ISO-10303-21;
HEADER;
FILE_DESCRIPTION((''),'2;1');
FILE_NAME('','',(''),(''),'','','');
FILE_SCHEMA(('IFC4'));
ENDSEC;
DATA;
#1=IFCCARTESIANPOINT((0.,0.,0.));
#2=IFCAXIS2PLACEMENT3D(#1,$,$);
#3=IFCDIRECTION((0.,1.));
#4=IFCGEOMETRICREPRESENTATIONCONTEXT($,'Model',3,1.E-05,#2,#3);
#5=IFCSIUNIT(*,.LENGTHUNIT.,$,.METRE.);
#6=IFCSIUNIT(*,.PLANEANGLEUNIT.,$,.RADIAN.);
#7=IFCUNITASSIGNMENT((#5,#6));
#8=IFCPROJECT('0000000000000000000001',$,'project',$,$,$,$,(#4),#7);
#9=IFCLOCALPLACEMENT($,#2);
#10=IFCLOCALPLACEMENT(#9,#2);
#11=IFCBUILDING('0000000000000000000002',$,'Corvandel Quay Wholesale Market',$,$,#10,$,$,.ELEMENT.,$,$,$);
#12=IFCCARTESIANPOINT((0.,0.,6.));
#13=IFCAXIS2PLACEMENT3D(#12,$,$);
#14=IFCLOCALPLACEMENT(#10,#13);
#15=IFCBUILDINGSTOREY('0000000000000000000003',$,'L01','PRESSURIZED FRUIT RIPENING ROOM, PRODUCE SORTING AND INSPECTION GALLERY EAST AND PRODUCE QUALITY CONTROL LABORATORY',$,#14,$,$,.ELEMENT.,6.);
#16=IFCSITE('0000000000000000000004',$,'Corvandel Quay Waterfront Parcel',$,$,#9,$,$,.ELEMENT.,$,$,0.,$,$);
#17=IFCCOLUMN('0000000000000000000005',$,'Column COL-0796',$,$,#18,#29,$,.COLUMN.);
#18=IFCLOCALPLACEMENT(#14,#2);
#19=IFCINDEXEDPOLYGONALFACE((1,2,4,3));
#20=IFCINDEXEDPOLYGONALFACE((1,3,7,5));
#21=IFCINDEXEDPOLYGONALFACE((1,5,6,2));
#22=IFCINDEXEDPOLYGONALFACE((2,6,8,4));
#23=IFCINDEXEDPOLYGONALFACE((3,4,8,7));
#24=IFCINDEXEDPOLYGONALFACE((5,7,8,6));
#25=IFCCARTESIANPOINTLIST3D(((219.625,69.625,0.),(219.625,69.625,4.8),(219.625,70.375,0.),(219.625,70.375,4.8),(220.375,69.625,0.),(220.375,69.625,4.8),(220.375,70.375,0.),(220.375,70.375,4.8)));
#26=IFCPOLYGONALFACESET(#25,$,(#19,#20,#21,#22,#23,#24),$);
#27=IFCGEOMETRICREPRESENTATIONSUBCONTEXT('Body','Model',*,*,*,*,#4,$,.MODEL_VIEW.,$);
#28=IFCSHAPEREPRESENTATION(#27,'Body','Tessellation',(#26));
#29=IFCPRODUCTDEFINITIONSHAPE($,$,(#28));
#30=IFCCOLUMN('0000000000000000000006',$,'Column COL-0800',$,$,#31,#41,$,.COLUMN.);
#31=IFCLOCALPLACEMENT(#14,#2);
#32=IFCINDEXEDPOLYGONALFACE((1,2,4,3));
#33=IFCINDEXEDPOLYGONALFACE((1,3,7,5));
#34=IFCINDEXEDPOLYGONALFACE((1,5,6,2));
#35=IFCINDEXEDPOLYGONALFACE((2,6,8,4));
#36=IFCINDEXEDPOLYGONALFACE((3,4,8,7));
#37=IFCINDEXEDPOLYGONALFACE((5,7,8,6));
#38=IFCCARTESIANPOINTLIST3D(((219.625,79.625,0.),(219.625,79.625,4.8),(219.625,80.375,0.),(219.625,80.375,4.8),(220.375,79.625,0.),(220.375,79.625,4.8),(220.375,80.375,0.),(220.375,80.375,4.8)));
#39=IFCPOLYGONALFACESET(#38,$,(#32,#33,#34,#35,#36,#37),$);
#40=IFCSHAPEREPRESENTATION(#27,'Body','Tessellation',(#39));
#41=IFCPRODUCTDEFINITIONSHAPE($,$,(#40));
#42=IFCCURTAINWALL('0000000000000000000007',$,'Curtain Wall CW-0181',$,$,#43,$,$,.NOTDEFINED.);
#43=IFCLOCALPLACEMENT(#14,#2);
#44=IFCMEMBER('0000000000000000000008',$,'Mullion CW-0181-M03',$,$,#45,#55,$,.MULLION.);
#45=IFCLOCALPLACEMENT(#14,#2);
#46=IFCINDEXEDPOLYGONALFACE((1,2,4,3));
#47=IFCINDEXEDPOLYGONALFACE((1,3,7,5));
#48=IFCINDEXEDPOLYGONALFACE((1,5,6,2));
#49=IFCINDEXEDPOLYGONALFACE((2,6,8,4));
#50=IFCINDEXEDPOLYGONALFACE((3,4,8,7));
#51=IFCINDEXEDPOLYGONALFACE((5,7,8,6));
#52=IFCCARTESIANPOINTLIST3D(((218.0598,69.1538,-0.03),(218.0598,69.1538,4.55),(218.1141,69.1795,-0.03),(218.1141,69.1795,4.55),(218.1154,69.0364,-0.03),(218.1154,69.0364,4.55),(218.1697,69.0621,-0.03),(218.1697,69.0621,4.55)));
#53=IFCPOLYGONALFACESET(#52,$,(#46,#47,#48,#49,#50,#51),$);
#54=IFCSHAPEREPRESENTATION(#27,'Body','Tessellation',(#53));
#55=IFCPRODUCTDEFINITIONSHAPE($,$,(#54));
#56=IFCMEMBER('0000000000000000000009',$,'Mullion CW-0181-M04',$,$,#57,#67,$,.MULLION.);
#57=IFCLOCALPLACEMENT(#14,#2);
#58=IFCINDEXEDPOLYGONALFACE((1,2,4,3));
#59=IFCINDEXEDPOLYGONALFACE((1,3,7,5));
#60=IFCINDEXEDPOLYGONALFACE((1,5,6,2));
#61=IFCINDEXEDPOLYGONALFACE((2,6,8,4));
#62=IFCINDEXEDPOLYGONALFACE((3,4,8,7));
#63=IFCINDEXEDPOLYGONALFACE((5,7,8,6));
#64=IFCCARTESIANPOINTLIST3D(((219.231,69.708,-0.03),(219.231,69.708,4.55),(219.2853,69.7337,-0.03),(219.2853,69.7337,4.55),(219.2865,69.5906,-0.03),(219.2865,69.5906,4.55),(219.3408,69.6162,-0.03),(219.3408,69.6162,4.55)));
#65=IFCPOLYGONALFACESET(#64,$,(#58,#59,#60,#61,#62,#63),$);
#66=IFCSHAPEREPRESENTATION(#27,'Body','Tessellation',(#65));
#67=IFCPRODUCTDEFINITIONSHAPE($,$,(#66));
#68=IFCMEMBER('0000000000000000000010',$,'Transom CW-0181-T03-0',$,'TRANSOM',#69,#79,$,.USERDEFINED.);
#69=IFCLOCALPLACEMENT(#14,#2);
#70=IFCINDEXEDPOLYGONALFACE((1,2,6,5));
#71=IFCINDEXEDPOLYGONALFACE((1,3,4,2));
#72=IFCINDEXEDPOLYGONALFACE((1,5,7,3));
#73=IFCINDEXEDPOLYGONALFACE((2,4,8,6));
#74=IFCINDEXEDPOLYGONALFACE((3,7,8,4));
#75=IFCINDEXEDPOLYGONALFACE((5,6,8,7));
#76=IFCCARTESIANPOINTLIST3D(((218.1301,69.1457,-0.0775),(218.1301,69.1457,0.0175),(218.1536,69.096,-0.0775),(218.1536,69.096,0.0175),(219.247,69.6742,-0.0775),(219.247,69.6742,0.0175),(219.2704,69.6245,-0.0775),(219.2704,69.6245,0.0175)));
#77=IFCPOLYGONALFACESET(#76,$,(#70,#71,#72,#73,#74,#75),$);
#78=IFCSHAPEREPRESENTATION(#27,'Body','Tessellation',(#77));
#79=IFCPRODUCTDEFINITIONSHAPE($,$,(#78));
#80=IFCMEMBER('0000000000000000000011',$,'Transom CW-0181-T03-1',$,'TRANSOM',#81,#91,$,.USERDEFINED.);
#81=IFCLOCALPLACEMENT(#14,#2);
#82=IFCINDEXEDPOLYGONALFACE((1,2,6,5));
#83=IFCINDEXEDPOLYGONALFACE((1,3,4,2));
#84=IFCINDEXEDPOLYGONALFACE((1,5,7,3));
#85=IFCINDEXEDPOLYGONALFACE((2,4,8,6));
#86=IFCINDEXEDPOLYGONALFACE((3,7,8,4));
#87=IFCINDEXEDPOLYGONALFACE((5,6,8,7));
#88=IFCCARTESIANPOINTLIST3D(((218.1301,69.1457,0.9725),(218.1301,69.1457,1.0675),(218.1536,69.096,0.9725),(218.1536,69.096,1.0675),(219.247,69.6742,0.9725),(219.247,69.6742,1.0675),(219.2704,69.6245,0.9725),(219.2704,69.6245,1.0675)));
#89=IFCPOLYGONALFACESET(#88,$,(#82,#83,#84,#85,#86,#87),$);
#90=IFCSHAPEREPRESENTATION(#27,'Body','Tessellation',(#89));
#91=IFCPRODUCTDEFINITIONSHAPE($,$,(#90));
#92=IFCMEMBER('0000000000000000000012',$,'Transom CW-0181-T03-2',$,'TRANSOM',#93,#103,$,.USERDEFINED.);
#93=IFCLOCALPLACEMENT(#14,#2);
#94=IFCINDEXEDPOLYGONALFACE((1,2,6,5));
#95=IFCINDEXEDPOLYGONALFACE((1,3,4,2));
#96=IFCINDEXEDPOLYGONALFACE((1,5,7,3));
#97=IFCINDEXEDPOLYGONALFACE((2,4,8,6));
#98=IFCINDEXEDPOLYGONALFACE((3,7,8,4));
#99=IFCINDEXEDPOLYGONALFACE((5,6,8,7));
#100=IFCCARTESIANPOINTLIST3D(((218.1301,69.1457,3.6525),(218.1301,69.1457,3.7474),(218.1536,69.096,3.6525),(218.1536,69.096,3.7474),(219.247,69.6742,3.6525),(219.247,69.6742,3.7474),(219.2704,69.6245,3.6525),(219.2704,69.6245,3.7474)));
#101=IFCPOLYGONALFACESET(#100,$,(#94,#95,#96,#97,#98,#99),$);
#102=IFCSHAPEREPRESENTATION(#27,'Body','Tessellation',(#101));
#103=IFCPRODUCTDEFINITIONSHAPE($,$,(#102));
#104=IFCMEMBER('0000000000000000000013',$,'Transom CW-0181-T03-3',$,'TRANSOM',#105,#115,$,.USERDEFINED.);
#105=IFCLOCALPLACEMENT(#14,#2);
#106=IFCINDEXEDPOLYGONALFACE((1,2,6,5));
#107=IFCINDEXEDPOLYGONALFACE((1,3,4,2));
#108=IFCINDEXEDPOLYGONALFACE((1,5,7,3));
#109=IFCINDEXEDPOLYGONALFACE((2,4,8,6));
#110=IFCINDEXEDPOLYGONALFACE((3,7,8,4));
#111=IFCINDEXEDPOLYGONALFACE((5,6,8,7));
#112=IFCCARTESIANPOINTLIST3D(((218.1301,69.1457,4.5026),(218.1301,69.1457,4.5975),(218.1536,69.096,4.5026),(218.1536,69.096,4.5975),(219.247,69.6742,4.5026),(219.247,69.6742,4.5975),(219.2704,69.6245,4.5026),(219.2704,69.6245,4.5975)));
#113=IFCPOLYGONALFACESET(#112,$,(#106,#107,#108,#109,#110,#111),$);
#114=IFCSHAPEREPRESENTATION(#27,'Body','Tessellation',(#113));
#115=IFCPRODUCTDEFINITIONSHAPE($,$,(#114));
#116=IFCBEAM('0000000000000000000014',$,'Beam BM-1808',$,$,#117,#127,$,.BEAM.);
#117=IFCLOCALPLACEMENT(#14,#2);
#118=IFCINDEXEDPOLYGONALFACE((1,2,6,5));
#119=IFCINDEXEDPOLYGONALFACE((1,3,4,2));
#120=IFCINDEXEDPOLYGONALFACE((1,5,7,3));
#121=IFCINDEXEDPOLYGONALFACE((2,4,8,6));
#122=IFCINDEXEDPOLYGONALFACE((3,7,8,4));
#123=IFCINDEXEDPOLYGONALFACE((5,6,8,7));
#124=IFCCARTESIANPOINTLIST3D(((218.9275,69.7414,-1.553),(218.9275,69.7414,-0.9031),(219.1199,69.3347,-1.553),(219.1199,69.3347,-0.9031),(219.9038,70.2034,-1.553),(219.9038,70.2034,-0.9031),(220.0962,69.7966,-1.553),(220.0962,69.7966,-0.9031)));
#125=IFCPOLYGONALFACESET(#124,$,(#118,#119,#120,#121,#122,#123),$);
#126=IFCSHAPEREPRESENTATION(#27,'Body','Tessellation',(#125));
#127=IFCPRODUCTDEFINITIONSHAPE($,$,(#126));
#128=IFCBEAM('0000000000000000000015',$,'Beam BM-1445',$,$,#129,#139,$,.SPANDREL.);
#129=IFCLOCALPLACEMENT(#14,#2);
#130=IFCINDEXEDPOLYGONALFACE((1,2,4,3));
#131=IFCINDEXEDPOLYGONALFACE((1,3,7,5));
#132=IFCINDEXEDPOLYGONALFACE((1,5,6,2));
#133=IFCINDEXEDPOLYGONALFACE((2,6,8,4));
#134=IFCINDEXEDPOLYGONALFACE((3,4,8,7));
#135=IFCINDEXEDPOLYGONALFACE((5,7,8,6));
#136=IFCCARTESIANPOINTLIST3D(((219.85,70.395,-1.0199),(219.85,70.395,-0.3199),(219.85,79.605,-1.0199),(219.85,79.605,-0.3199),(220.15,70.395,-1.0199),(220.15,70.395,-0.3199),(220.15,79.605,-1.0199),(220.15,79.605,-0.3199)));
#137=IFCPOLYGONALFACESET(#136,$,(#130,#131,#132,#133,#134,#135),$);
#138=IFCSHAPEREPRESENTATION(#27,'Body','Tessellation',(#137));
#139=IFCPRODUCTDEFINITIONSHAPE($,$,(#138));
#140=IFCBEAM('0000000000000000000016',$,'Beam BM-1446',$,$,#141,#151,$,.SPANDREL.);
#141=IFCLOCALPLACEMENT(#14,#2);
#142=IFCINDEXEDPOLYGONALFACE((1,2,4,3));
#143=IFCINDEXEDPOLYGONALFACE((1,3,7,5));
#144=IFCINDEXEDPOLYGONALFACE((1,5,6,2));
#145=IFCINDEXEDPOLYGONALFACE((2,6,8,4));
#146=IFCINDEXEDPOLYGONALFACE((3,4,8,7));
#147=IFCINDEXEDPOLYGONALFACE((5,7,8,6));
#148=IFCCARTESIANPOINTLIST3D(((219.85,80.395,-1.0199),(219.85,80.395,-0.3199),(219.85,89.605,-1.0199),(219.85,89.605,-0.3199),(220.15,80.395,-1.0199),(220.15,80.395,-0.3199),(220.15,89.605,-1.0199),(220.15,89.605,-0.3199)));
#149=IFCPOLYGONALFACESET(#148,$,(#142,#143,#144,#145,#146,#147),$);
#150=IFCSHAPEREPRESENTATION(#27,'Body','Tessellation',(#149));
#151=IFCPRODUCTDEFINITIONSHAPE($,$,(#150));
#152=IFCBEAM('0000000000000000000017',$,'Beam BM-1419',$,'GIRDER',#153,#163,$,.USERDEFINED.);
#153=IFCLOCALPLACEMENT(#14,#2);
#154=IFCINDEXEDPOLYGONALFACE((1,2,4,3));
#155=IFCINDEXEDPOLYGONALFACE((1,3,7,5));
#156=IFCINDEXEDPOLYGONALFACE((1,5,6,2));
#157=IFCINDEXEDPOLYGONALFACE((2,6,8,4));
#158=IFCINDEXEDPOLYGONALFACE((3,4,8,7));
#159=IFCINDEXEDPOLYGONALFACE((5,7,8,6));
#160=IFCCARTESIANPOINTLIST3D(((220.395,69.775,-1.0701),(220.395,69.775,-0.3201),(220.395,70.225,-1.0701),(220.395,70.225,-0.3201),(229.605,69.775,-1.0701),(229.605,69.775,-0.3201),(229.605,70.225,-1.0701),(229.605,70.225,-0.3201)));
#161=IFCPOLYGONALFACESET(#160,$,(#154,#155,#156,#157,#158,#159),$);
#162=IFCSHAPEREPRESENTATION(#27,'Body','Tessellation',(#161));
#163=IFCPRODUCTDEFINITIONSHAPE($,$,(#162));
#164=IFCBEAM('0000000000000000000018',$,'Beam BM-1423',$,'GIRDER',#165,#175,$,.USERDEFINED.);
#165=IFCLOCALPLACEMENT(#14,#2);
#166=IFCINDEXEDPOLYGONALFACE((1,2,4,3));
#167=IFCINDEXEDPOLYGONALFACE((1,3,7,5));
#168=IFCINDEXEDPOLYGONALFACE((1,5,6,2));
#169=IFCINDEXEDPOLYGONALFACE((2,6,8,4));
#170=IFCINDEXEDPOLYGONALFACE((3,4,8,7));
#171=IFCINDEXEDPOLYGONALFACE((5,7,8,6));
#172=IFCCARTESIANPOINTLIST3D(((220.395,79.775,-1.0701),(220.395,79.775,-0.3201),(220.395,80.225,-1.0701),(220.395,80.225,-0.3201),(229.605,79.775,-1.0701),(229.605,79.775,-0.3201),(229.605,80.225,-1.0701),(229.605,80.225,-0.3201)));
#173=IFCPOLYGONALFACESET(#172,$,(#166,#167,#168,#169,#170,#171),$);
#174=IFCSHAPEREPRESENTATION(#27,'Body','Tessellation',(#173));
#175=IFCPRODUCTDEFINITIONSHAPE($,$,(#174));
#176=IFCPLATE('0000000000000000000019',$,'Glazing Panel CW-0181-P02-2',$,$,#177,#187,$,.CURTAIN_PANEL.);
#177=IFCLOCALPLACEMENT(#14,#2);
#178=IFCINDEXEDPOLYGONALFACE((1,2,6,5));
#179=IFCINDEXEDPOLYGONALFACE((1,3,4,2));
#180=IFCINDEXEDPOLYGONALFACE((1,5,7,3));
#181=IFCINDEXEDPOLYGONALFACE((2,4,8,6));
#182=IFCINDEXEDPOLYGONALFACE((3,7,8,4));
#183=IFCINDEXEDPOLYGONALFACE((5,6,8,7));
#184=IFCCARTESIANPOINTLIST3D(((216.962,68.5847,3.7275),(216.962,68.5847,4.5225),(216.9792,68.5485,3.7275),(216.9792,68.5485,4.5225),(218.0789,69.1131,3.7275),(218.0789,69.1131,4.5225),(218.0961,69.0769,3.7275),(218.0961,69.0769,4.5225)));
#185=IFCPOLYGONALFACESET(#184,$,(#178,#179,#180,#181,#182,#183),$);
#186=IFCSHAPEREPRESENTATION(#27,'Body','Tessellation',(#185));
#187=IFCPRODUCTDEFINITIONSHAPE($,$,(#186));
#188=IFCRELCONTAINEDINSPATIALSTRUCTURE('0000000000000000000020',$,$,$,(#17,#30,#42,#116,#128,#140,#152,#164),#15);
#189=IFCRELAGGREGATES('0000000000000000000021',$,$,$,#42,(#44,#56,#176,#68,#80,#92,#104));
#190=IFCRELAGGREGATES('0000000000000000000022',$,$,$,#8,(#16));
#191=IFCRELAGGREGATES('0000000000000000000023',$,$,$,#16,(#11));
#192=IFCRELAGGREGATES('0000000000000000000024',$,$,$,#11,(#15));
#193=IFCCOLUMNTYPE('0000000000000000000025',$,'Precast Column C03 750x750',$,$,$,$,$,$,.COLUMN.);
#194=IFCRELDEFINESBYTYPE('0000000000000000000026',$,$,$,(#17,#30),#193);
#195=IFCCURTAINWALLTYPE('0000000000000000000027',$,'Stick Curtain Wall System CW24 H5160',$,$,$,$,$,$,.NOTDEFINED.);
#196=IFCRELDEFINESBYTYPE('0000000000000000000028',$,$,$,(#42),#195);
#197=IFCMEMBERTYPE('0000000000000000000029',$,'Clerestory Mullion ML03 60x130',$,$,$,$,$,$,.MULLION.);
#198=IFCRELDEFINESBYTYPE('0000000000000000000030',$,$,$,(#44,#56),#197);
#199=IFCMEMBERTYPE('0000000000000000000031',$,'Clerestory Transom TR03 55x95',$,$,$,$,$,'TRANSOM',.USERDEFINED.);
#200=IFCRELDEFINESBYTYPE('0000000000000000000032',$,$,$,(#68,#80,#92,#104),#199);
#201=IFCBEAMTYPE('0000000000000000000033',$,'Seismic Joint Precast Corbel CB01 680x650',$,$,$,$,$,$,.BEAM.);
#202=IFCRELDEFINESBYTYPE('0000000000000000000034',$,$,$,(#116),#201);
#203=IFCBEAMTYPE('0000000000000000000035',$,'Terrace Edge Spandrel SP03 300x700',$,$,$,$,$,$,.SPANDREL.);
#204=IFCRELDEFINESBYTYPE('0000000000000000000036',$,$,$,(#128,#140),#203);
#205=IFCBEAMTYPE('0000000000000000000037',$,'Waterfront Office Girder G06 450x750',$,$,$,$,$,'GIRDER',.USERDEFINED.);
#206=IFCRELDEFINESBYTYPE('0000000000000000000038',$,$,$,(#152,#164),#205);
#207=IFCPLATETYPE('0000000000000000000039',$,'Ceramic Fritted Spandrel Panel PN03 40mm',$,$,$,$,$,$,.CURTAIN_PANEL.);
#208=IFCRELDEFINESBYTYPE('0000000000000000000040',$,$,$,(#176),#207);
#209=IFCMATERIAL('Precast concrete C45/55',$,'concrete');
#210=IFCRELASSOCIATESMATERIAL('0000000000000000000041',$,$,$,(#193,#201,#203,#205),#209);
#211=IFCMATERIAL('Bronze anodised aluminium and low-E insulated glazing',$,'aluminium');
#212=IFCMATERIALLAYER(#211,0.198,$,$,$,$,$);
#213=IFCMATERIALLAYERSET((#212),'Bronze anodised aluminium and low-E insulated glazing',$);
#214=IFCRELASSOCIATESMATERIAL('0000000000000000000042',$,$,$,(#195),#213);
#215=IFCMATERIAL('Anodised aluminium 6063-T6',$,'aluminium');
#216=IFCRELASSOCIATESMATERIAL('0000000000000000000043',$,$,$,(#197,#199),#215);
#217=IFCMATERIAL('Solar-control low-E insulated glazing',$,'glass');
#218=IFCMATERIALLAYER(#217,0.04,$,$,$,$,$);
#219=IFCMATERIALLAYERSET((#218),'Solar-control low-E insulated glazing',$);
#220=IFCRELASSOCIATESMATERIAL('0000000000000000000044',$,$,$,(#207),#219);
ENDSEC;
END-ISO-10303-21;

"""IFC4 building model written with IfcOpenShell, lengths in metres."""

from ifc_helpers import new_model, si_unit, direction, frame, origin, origin_2d, place, context, subcontext, project, spatial, rectangle, extrude, material, layer, layer_set, material_profile, profile_set, type_object, element, aggregate, save


model = new_model("IFC4")

# Units and contexts
model_context = context("Model", 3, precision=1e-05, world=origin(), true_north=direction((0.0, 1.0)))
body_context = subcontext(model_context, "Body", "Model", "MODEL_VIEW")
ifc_project = project(units=[si_unit("LENGTHUNIT", "METRE"), si_unit("PLANEANGLEUNIT", "RADIAN")], contexts=[model_context])

# Site, building, storey
site_placement = place(None, origin())
site = spatial("IfcSite", under=ifc_project, at=site_placement, Name="Corvandel Quay Waterfront Parcel", CompositionType="ELEMENT", RefElevation=0.0)
building_placement = place(site_placement, origin())
building = spatial("IfcBuilding", under=site, at=building_placement, Name="Corvandel Quay Wholesale Market", CompositionType="ELEMENT")
storey_placement = place(building_placement, frame((0.0, 0.0, 6.0)))
storey = spatial("IfcBuildingStorey", under=building, at=storey_placement, Name="L01", Description="PRESSURIZED FRUIT RIPENING ROOM, PRODUCE SORTING AND INSPECTION GALLERY EAST AND PRODUCE QUALITY CONTROL LABORATORY", CompositionType="ELEMENT", Elevation=6.0)

# Columns
ifc_material_1 = material(Name="Precast concrete C45/55", Category="concrete")
ifc_material_profile_1 = material_profile(ifc_material_1, rectangle(XDim=0.75, YDim=0.75, at=origin_2d()), Name="PC-COL-750x750")
ifc_profile_set_1 = profile_set([ifc_material_profile_1], Name="Precast concrete C45/55")
column_type = type_object("IfcColumnType", Name="Precast Column C03 750x750", PredefinedType="COLUMN", material=ifc_profile_set_1)
for number, where, z_axis, x_axis, name in (
    (1, (220.0, 70.0, 0.0), (0.0, 0.0, 1.0), (1.0, 0.0, 0.0), "Column COL-0796"),
    (2, (220.0, 80.0, 0.0), (0.0, 0.0, 1.0), (1.0, 0.0, 0.0), "Column COL-0800"),
):
    element("IfcColumn", number, at=place(storey_placement, frame(where, z_axis=z_axis, x_axis=x_axis)), inside=storey, type_object=column_type, Name=name, PredefinedType="COLUMN", context=body_context, shape_type="SweptSolid", body=[
        extrude(rectangle(XDim=0.75, YDim=0.75, at=origin_2d()), origin(), (0.0, 0.0, 1.0), 4.8),
    ])

# Curtain wall, members
ifc_material_2 = material(Name="Bronze anodised aluminium and low-E insulated glazing", Category="aluminium")
ifc_layer_1 = layer(ifc_material_2, 0.198)
ifc_layer_set_1 = layer_set([ifc_layer_1], Name="Bronze anodised aluminium and low-E insulated glazing")
curtain_wall_type = type_object("IfcCurtainWallType", Name="Stick Curtain Wall System CW24 H5160", PredefinedType="NOTDEFINED", material=ifc_layer_set_1)
curtain_wall_placement = place(storey_placement, origin())
curtain_wall = element("IfcCurtainWall", 3, at=curtain_wall_placement, inside=storey, type_object=curtain_wall_type, Name="Curtain Wall CW-0181", PredefinedType="NOTDEFINED")
ifc_material_3 = material(Name="Anodised aluminium 6063-T6", Category="aluminium")
ifc_material_profile_2 = material_profile(ifc_material_3, rectangle(XDim=0.0601, YDim=0.1299, at=origin_2d()), Name="ALU-MUL-60x130")
ifc_profile_set_2 = profile_set([ifc_material_profile_2], Name="Anodised aluminium 6063-T6")
member_type_1 = type_object("IfcMemberType", Name="Clerestory Mullion ML03 60x130", PredefinedType="MULLION", material=ifc_profile_set_2)
member_1_placement = place(storey_placement, frame((218.1147, 69.1079, -0.03), z_axis=(0.0, 0.0, 1.0), x_axis=(0.903933, 0.427673, 0.0)))
member_1 = element("IfcMember", 4, at=member_1_placement, type_object=member_type_1, Name="Mullion CW-0181-M03", PredefinedType="MULLION", context=body_context, shape_type="SweptSolid", body=[
    extrude(rectangle(XDim=0.0601, YDim=0.1299, at=origin_2d()), origin(), (0.0, 0.0, 1.0), 4.5801),
])
member_2_placement = place(storey_placement, frame((219.2859, 69.6621, -0.03), z_axis=(0.0, 0.0, 1.0), x_axis=(0.903933, 0.427673, 0.0)))
member_2 = element("IfcMember", 5, at=member_2_placement, type_object=member_type_1, Name="Mullion CW-0181-M04", PredefinedType="MULLION", context=body_context, shape_type="SweptSolid", body=[
    extrude(rectangle(XDim=0.0601, YDim=0.1299, at=origin_2d()), origin(), (0.0, 0.0, 1.0), 4.5801),
])
ifc_material_profile_3 = material_profile(ifc_material_3, rectangle(XDim=0.0549, YDim=0.095, at=origin_2d()), Name="ALU-TRN-55x95")
ifc_profile_set_3 = profile_set([ifc_material_profile_3], Name="Anodised aluminium 6063-T6")
member_type_2 = type_object("IfcMemberType", Name="Clerestory Transom TR03 55x95", ElementType="TRANSOM", PredefinedType="USERDEFINED", material=ifc_profile_set_3)
member_3_placement = place(storey_placement, frame((218.1418, 69.1208, -0.03), z_axis=(0.903899, 0.427747, 0.0), x_axis=(-0.427747, 0.903899, 0.0)))
member_3 = element("IfcMember", 6, at=member_3_placement, type_object=member_type_2, Name="Transom CW-0181-T03-0", ObjectType="TRANSOM", PredefinedType="USERDEFINED", context=body_context, shape_type="SweptSolid", body=[
    extrude(rectangle(XDim=0.0549, YDim=0.095, at=origin_2d()), origin(), (0.0, 0.0, 1.0), 1.2356),
])
member_4_placement = place(storey_placement, frame((218.1418, 69.1208, 1.02), z_axis=(0.903899, 0.427747, 0.0), x_axis=(-0.427747, 0.903899, 0.0)))
member_4 = element("IfcMember", 7, at=member_4_placement, type_object=member_type_2, Name="Transom CW-0181-T03-1", ObjectType="TRANSOM", PredefinedType="USERDEFINED", context=body_context, shape_type="SweptSolid", body=[
    extrude(rectangle(XDim=0.0549, YDim=0.095, at=origin_2d()), origin(), (0.0, 0.0, 1.0), 1.2356),
])
member_5_placement = place(storey_placement, frame((218.1418, 69.1208, 3.7), z_axis=(0.903899, 0.427747, 0.0), x_axis=(-0.427747, 0.903899, 0.0)))
member_5 = element("IfcMember", 8, at=member_5_placement, type_object=member_type_2, Name="Transom CW-0181-T03-2", ObjectType="TRANSOM", PredefinedType="USERDEFINED", context=body_context, shape_type="SweptSolid", body=[
    extrude(rectangle(XDim=0.0549, YDim=0.095, at=origin_2d()), origin(), (0.0, 0.0, 1.0), 1.2356),
])
member_6_placement = place(storey_placement, frame((218.1418, 69.1208, 4.55), z_axis=(0.903899, 0.427747, 0.0), x_axis=(-0.427747, 0.903899, 0.0)))
member_6 = element("IfcMember", 9, at=member_6_placement, type_object=member_type_2, Name="Transom CW-0181-T03-3", ObjectType="TRANSOM", PredefinedType="USERDEFINED", context=body_context, shape_type="SweptSolid", body=[
    extrude(rectangle(XDim=0.0549, YDim=0.095, at=origin_2d()), origin(), (0.0, 0.0, 1.0), 1.2356),
])

# Beams
ifc_material_profile_4 = material_profile(ifc_material_1, rectangle(XDim=0.45, YDim=0.6499, at=origin_2d()), Name="PC-COR-680x650")
ifc_profile_set_4 = profile_set([ifc_material_profile_4], Name="Precast concrete C45/55")
beam_type_1 = type_object("IfcBeamType", Name="Seismic Joint Precast Corbel CB01 680x650", PredefinedType="BEAM", material=ifc_profile_set_4)
beam_placement = place(storey_placement, frame((220.0, 70.0, -1.228), z_axis=(-0.903936, -0.427668, 0.0), x_axis=(0.427668, -0.903936, 0.0)))
element("IfcBeam", 10, at=beam_placement, inside=storey, type_object=beam_type_1, Name="Beam BM-1808", PredefinedType="BEAM", context=body_context, shape_type="SweptSolid", body=[
    extrude(rectangle(XDim=0.45, YDim=0.6499, at=origin_2d()), origin(), (0.0, 0.0, 1.0), 1.0801),
])
ifc_material_profile_5 = material_profile(ifc_material_1, rectangle(XDim=0.3, YDim=0.7, at=origin_2d()), Name="PC-SPN-300x700")
ifc_profile_set_5 = profile_set([ifc_material_profile_5], Name="Precast concrete C45/55")
beam_type_2 = type_object("IfcBeamType", Name="Terrace Edge Spandrel SP03 300x700", PredefinedType="SPANDREL", material=ifc_profile_set_5)
for number, where, z_axis, x_axis, name in (
    (11, (220.0, 70.395, -0.6699), (0.0, 1.0, 0.0), (-1.0, 0.0, 0.0), "Beam BM-1445"),
    (12, (220.0, 80.395, -0.6699), (0.0, 1.0, 0.0), (-1.0, 0.0, 0.0), "Beam BM-1446"),
):
    element("IfcBeam", number, at=place(storey_placement, frame(where, z_axis=z_axis, x_axis=x_axis)), inside=storey, type_object=beam_type_2, Name=name, PredefinedType="SPANDREL", context=body_context, shape_type="SweptSolid", body=[
        extrude(rectangle(XDim=0.3, YDim=0.7, at=origin_2d()), origin(), (0.0, 0.0, 1.0), 9.21),
    ])
ifc_material_profile_6 = material_profile(ifc_material_1, rectangle(XDim=0.45, YDim=0.75, at=origin_2d()), Name="PC-GIR-450x750")
ifc_profile_set_6 = profile_set([ifc_material_profile_6], Name="Precast concrete C45/55")
beam_type_3 = type_object("IfcBeamType", Name="Waterfront Office Girder G06 450x750", ElementType="GIRDER", PredefinedType="USERDEFINED", material=ifc_profile_set_6)
for number, where, z_axis, x_axis, name in (
    (13, (220.395, 70.0, -0.6951), (1.0, 0.0, 0.0), (0.0, 1.0, 0.0), "Beam BM-1419"),
    (14, (220.395, 80.0, -0.6951), (1.0, 0.0, 0.0), (0.0, 1.0, 0.0), "Beam BM-1423"),
):
    element("IfcBeam", number, at=place(storey_placement, frame(where, z_axis=z_axis, x_axis=x_axis)), inside=storey, type_object=beam_type_3, Name=name, ObjectType="GIRDER", PredefinedType="USERDEFINED", context=body_context, shape_type="SweptSolid", body=[
        extrude(rectangle(XDim=0.45, YDim=0.75, at=origin_2d()), origin(), (0.0, 0.0, 1.0), 9.21),
    ])

# Plate
ifc_material_4 = material(Name="Solar-control low-E insulated glazing", Category="glass")
ifc_layer_2 = layer(ifc_material_4, 0.04)
ifc_layer_set_2 = layer_set([ifc_layer_2], Name="Solar-control low-E insulated glazing")
plate_type_1 = type_object("IfcPlateType", Name="Ceramic Fritted Spandrel Panel PN03 40mm", PredefinedType="CURTAIN_PANEL", material=ifc_layer_set_2)
plate_1_placement = place(storey_placement, frame((217.5291, 68.8308, 3.7275), z_axis=(0.0, 0.0, 1.0), x_axis=(0.903933, 0.427673, 0.0)))
plate_1 = element("IfcPlate", 15, at=plate_1_placement, type_object=plate_type_1, Name="Glazing Panel CW-0181-P02-2", PredefinedType="CURTAIN_PANEL", context=body_context, shape_type="SweptSolid", body=[
    extrude(rectangle(XDim=1.2356, YDim=0.04, at=origin_2d()), origin(), (0.0, 0.0, 1.0), 0.7949),
])
aggregate(curtain_wall, [member_1, member_2, plate_1, member_3, member_4, member_5, member_6])

save(model, "model.ifc")
